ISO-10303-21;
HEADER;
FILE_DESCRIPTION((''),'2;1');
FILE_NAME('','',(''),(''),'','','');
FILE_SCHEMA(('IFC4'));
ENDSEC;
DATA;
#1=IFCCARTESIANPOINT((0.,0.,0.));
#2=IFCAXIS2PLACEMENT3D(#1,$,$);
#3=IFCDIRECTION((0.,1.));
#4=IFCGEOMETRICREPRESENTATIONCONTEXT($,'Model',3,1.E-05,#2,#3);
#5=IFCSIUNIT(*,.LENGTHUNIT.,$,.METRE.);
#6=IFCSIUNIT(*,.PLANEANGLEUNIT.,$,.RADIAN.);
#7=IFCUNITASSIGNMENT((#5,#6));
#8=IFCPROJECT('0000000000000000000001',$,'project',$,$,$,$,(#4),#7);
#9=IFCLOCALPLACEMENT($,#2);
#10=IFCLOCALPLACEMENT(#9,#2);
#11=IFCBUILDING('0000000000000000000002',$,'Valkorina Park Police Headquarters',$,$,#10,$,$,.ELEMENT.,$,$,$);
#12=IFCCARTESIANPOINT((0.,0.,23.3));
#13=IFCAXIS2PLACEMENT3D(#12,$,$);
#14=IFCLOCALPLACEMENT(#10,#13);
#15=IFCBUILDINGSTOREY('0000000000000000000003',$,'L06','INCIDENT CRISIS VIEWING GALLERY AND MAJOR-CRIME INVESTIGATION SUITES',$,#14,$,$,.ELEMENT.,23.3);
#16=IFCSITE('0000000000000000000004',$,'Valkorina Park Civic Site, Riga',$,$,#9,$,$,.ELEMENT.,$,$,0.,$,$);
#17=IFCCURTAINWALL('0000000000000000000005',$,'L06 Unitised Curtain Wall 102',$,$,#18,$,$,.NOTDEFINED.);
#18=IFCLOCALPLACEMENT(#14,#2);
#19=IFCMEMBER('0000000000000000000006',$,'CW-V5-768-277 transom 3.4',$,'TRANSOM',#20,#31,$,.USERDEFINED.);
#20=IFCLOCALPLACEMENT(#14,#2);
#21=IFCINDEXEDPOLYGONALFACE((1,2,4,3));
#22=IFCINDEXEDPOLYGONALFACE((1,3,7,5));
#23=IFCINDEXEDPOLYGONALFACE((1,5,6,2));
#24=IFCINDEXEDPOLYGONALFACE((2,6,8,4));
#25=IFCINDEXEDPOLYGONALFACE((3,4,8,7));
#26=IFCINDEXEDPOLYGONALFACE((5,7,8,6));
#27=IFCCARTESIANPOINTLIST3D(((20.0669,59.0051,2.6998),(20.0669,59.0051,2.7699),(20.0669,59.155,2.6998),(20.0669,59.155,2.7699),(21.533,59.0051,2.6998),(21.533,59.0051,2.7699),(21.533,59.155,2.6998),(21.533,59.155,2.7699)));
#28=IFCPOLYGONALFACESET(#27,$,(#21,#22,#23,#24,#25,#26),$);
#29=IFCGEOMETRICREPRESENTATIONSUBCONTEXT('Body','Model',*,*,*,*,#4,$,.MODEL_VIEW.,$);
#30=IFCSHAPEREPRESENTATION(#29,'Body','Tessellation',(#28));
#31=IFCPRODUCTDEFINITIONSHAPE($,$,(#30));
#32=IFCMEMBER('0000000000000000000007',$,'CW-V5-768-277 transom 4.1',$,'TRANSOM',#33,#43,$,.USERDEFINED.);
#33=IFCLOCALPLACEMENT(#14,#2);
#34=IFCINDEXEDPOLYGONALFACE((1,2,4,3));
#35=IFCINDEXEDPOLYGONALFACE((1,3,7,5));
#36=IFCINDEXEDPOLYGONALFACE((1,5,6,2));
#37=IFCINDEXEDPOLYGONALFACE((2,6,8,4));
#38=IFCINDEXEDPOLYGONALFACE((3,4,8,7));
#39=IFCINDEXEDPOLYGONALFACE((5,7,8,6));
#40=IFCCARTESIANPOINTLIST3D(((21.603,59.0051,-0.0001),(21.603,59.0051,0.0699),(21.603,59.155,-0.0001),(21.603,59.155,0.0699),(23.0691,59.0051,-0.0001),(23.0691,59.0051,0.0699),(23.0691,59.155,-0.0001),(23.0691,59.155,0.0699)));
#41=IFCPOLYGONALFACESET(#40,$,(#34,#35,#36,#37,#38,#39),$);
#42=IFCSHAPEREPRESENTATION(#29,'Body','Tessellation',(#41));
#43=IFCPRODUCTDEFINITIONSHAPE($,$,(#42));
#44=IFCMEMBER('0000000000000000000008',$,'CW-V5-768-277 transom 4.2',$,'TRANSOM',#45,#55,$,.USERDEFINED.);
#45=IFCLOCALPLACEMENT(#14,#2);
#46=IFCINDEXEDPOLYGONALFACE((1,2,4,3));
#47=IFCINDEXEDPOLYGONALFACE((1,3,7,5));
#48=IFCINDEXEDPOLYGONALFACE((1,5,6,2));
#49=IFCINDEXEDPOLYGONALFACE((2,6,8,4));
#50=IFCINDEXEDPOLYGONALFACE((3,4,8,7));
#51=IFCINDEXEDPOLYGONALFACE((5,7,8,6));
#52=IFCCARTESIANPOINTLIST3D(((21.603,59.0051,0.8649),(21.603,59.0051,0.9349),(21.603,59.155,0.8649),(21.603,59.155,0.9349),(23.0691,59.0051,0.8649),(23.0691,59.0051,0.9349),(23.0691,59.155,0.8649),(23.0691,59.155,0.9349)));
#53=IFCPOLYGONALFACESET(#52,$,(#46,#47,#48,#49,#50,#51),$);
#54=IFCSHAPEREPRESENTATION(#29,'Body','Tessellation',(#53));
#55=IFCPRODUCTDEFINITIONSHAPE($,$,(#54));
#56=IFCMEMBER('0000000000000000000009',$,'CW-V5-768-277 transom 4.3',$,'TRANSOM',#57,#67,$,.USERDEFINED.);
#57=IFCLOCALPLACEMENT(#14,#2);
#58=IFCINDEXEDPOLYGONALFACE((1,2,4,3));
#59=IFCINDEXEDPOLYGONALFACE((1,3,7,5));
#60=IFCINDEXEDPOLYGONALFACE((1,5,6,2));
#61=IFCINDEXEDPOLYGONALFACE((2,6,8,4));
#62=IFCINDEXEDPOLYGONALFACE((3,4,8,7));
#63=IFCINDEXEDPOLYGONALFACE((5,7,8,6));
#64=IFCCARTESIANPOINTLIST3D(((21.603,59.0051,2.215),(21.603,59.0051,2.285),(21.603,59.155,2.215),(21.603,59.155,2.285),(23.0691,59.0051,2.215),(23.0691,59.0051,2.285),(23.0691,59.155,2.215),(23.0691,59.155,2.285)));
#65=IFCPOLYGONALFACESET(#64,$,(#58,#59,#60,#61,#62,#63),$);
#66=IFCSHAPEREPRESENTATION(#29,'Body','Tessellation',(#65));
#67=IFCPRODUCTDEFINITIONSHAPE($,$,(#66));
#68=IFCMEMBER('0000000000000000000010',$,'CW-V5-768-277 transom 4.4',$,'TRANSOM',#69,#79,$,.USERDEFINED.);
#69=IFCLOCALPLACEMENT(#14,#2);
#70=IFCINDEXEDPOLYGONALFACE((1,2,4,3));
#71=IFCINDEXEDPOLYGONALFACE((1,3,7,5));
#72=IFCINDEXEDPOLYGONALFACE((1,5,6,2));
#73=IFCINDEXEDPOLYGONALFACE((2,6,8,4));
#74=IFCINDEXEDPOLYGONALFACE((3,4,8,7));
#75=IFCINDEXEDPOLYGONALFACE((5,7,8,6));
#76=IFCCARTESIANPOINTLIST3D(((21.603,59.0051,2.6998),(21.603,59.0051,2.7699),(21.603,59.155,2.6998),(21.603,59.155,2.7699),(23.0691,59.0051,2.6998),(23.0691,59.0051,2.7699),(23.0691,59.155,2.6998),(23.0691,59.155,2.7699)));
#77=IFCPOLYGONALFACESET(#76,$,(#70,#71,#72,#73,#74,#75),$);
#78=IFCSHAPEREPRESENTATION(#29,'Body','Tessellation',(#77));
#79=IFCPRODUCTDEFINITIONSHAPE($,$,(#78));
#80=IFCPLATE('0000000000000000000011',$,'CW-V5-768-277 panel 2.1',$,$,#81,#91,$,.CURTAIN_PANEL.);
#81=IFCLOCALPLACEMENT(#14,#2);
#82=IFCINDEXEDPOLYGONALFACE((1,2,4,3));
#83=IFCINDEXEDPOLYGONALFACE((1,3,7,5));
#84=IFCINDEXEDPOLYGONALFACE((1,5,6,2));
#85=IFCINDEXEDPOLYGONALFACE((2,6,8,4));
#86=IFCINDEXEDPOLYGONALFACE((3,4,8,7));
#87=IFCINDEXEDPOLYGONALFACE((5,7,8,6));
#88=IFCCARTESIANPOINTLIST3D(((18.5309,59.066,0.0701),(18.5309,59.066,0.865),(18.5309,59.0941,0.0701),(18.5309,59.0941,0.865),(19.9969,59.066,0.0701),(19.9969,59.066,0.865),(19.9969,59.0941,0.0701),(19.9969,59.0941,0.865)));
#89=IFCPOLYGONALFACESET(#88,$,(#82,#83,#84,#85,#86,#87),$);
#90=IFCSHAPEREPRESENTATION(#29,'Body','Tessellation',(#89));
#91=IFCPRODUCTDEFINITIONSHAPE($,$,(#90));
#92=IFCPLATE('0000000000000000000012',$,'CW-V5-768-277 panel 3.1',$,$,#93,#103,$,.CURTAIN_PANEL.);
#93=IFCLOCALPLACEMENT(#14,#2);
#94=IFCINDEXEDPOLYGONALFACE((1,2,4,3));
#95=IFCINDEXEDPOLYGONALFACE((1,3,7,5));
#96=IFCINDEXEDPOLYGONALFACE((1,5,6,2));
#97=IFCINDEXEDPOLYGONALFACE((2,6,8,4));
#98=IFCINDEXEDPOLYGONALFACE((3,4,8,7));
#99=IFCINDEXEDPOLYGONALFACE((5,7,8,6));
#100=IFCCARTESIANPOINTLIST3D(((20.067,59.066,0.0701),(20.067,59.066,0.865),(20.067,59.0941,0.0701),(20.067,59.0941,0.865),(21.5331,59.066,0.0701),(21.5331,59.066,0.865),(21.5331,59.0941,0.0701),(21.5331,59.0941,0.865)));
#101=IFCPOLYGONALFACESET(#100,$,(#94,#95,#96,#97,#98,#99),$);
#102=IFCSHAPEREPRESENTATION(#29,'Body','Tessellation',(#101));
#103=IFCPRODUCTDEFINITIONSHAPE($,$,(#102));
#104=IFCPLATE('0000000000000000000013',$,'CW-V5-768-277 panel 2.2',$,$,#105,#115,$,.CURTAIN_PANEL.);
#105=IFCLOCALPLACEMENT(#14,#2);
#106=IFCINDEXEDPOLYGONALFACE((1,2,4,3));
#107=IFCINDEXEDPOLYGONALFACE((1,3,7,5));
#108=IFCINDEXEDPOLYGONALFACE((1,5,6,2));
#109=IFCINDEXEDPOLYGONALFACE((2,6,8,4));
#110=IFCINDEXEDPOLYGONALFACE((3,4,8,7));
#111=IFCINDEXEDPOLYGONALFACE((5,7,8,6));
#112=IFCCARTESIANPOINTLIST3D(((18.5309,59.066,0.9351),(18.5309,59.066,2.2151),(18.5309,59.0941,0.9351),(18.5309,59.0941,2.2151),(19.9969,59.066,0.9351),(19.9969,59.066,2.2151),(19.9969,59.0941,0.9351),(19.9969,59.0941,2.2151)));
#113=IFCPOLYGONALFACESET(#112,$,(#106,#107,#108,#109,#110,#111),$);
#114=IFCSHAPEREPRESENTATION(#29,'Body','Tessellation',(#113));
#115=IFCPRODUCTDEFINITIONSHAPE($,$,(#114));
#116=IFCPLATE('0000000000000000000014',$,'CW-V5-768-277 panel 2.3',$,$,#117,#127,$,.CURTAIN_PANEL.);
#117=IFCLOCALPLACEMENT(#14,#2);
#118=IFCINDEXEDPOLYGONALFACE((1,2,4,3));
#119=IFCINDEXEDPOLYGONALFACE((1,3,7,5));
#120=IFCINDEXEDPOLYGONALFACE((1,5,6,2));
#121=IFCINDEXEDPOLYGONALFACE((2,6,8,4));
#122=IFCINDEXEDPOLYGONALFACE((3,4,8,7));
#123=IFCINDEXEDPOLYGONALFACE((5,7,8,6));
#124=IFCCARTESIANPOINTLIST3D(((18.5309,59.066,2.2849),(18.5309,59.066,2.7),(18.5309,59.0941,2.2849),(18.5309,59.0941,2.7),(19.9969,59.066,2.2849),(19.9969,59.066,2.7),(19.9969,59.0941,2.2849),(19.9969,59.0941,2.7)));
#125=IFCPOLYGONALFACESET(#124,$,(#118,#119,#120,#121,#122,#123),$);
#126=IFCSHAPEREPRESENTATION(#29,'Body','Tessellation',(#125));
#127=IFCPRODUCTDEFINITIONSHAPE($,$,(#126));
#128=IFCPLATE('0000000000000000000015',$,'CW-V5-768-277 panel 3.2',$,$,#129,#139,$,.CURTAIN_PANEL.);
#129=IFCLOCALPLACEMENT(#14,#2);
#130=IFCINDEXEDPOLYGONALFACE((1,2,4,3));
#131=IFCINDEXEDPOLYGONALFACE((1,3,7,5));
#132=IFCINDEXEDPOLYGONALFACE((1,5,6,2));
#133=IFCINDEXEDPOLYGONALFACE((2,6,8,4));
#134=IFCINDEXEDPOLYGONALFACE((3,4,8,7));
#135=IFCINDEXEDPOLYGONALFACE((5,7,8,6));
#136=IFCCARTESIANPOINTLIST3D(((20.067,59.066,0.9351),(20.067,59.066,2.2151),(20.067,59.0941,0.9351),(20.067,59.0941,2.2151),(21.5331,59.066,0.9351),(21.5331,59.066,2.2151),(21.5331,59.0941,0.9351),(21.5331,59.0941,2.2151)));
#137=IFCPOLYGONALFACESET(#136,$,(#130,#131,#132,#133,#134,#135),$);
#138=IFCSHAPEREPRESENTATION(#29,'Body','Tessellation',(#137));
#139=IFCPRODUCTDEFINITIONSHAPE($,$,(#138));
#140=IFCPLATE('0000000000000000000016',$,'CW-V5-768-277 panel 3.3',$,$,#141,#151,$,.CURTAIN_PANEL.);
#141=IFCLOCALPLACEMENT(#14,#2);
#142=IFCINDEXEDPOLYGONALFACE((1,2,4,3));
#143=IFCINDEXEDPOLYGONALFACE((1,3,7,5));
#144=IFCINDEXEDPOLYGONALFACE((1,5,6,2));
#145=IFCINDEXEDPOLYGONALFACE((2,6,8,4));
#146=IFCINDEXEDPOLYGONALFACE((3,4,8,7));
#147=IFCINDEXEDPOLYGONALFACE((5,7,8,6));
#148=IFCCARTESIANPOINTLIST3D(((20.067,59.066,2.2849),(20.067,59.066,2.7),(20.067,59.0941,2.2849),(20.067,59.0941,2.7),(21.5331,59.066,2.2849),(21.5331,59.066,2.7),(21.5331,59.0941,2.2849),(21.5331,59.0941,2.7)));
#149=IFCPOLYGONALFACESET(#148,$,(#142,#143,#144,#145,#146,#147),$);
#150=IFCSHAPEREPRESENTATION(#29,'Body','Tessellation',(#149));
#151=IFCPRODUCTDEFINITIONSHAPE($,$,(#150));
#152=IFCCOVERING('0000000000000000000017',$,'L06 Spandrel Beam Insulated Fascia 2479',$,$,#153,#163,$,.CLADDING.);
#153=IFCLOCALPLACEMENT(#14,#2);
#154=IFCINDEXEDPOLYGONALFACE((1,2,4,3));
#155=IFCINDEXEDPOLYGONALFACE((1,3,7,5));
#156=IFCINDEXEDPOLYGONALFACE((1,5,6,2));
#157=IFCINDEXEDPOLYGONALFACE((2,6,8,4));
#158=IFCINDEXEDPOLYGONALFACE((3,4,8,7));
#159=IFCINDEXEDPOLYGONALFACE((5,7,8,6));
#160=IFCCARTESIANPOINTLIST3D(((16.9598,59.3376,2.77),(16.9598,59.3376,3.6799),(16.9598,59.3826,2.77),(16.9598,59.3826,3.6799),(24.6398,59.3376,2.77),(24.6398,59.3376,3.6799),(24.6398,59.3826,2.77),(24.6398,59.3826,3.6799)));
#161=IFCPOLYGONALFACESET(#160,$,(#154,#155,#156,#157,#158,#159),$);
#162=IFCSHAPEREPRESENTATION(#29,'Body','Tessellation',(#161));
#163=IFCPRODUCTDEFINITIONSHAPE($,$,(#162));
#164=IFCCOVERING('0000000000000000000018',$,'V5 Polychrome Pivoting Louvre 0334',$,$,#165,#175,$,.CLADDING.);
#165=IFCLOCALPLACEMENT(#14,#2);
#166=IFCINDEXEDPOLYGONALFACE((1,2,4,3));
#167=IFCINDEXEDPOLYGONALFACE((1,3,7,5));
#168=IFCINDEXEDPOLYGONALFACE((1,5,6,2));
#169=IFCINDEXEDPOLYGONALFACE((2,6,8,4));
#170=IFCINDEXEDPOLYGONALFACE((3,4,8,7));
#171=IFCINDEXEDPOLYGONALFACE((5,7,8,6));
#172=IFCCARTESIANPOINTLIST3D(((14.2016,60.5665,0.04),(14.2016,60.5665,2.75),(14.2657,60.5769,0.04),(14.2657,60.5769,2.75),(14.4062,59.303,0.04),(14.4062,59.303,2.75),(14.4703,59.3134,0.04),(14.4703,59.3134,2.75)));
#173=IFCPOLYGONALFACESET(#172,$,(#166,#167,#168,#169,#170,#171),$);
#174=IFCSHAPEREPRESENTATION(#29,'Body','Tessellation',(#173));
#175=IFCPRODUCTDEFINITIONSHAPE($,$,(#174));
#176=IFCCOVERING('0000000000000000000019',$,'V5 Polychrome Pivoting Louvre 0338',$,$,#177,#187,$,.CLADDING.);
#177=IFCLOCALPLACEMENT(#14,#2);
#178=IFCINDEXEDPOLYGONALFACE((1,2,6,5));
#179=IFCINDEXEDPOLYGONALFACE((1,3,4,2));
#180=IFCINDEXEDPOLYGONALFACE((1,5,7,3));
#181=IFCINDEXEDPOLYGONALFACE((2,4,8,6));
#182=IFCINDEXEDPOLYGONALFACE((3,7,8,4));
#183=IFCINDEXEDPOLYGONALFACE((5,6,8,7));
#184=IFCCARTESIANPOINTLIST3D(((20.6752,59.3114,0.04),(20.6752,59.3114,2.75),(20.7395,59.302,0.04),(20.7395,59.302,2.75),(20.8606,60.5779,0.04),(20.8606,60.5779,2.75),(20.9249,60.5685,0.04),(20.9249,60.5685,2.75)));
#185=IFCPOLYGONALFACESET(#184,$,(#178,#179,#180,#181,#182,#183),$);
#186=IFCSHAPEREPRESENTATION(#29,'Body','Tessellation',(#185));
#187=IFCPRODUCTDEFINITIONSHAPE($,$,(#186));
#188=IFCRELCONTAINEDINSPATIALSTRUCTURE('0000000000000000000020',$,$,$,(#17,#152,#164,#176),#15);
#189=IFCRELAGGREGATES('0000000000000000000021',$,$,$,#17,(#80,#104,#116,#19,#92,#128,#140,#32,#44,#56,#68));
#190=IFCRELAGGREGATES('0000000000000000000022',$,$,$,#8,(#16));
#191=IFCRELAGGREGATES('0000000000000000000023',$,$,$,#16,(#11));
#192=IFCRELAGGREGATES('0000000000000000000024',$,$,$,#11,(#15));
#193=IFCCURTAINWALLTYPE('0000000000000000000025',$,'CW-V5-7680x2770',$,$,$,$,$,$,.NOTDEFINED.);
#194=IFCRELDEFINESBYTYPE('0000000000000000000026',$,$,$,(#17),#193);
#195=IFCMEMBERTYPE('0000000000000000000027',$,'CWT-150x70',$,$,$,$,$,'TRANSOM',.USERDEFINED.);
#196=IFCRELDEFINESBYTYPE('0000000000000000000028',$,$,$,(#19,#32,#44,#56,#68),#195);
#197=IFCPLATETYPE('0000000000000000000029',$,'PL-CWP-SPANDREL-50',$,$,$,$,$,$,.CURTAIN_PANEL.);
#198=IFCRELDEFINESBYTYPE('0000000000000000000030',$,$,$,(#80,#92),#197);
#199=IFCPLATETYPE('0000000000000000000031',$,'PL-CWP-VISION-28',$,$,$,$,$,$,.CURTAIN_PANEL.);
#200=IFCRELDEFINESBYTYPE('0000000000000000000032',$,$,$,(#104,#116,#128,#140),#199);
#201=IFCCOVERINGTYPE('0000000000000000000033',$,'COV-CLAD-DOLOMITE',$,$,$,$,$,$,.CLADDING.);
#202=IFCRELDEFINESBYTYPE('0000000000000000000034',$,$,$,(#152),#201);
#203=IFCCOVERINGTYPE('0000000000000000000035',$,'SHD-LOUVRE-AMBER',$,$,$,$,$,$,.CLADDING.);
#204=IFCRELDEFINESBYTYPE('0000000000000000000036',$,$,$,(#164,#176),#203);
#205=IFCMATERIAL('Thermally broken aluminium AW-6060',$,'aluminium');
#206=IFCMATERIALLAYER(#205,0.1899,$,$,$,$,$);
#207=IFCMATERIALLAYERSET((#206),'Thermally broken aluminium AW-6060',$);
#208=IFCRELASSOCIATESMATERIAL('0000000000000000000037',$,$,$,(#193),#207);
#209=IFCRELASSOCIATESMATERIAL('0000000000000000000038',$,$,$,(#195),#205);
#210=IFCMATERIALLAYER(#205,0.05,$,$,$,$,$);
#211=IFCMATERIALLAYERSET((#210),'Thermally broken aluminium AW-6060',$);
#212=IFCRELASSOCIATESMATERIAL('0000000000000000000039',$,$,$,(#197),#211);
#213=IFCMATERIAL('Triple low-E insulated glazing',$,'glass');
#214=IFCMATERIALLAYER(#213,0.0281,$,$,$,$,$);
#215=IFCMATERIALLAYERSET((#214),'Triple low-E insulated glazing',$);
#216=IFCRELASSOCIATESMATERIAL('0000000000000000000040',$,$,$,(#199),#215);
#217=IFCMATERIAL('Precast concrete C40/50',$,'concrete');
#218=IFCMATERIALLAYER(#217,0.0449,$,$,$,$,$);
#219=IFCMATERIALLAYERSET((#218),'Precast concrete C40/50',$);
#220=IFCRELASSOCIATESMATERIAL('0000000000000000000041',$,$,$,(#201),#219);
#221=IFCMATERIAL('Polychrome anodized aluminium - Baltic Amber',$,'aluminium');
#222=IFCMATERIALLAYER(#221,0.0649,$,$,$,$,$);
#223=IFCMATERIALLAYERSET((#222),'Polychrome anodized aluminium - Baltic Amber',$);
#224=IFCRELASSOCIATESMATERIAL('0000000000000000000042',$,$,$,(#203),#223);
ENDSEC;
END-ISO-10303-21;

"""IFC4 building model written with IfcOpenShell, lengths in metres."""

from ifc_helpers import new_model, si_unit, direction, frame, frame_2d, origin, origin_2d, place, context, subcontext, project, spatial, rectangle, extrude, material, layer, layer_set, material_profile, profile_set, type_object, element, aggregate, save


model = new_model("IFC4")

# Units and contexts
model_context = context("Model", 3, precision=1e-05, world=origin(), true_north=direction((0.0, 1.0)))
body_context = subcontext(model_context, "Body", "Model", "MODEL_VIEW")
ifc_project = project(units=[si_unit("LENGTHUNIT", "METRE"), si_unit("PLANEANGLEUNIT", "RADIAN")], contexts=[model_context])

# Site, building, storey
site_placement = place(None, origin())
site = spatial("IfcSite", under=ifc_project, at=site_placement, Name="Valkorina Park Civic Site, Riga", CompositionType="ELEMENT", RefElevation=0.0)
building_placement = place(site_placement, origin())
building = spatial("IfcBuilding", under=site, at=building_placement, Name="Valkorina Park Police Headquarters", CompositionType="ELEMENT")
storey_placement = place(building_placement, frame((0.0, 0.0, 23.3)))
storey = spatial("IfcBuildingStorey", under=building, at=storey_placement, Name="L06", Description="INCIDENT CRISIS VIEWING GALLERY AND MAJOR-CRIME INVESTIGATION SUITES", CompositionType="ELEMENT", Elevation=23.3)

# Curtain wall, members, plates
ifc_material_1 = material(Name="Thermally broken aluminium AW-6060", Category="aluminium")
ifc_layer_1 = layer(ifc_material_1, 0.1899)
ifc_layer_set_1 = layer_set([ifc_layer_1], Name="Thermally broken aluminium AW-6060")
curtain_wall_type = type_object("IfcCurtainWallType", Name="CW-V5-7680x2770", PredefinedType="NOTDEFINED", material=ifc_layer_set_1)
curtain_wall_placement = place(storey_placement, origin())
curtain_wall = element("IfcCurtainWall", 1, at=curtain_wall_placement, inside=storey, type_object=curtain_wall_type, Name="L06 Unitised Curtain Wall 102", PredefinedType="NOTDEFINED")
ifc_material_profile_1 = material_profile(ifc_material_1, rectangle(XDim=0.1499, YDim=0.0701, at=origin_2d()), Name="CWT-02 150x70")
ifc_profile_set_1 = profile_set([ifc_material_profile_1], Name="Thermally broken aluminium AW-6060")
member_type_1 = type_object("IfcMemberType", Name="CWT-150x70", ElementType="TRANSOM", PredefinedType="USERDEFINED", material=ifc_profile_set_1)
member_1_placement = place(storey_placement, frame((20.0669, 59.0801, 2.7349), z_axis=(1.0, 0.0, 0.0), x_axis=(0.0, 1.0, 0.0)))
member_1 = element("IfcMember", 2, at=member_1_placement, type_object=member_type_1, Name="CW-V5-768-277 transom 3.4", ObjectType="TRANSOM", PredefinedType="USERDEFINED", context=body_context, shape_type="SweptSolid", body=[
    extrude(rectangle(XDim=0.1499, YDim=0.0701, at=origin_2d()), origin(), (0.0, 0.0, 1.0), 1.4661),
])
member_2_placement = place(storey_placement, frame((21.603, 59.0801, 0.0349), z_axis=(1.0, 0.0, 0.0), x_axis=(0.0, 1.0, 0.0)))
member_2 = element("IfcMember", 3, at=member_2_placement, type_object=member_type_1, Name="CW-V5-768-277 transom 4.1", ObjectType="TRANSOM", PredefinedType="USERDEFINED", context=body_context, shape_type="SweptSolid", body=[
    extrude(rectangle(XDim=0.1499, YDim=0.0701, at=origin_2d()), origin(), (0.0, 0.0, 1.0), 1.4661),
])
member_3_placement = place(storey_placement, frame((21.603, 59.0801, 0.8999), z_axis=(1.0, 0.0, 0.0), x_axis=(0.0, 1.0, 0.0)))
member_3 = element("IfcMember", 4, at=member_3_placement, type_object=member_type_1, Name="CW-V5-768-277 transom 4.2", ObjectType="TRANSOM", PredefinedType="USERDEFINED", context=body_context, shape_type="SweptSolid", body=[
    extrude(rectangle(XDim=0.1499, YDim=0.0701, at=origin_2d()), origin(), (0.0, 0.0, 1.0), 1.4661),
])
member_4_placement = place(storey_placement, frame((21.603, 59.0801, 2.25), z_axis=(1.0, 0.0, 0.0), x_axis=(0.0, 1.0, 0.0)))
member_4 = element("IfcMember", 5, at=member_4_placement, type_object=member_type_1, Name="CW-V5-768-277 transom 4.3", ObjectType="TRANSOM", PredefinedType="USERDEFINED", context=body_context, shape_type="SweptSolid", body=[
    extrude(rectangle(XDim=0.1499, YDim=0.0701, at=origin_2d()), origin(), (0.0, 0.0, 1.0), 1.4661),
])
member_5_placement = place(storey_placement, frame((21.603, 59.0801, 2.7349), z_axis=(1.0, 0.0, 0.0), x_axis=(0.0, 1.0, 0.0)))
member_5 = element("IfcMember", 6, at=member_5_placement, type_object=member_type_1, Name="CW-V5-768-277 transom 4.4", ObjectType="TRANSOM", PredefinedType="USERDEFINED", context=body_context, shape_type="SweptSolid", body=[
    extrude(rectangle(XDim=0.1499, YDim=0.0701, at=origin_2d()), origin(), (0.0, 0.0, 1.0), 1.4661),
])
ifc_layer_2 = layer(ifc_material_1, 0.05)
ifc_layer_set_2 = layer_set([ifc_layer_2], Name="Thermally broken aluminium AW-6060")
plate_type_1 = type_object("IfcPlateType", Name="PL-CWP-SPANDREL-50", PredefinedType="CURTAIN_PANEL", material=ifc_layer_set_2)
plate_1_placement = place(storey_placement, frame((19.2639, 59.0801, 0.0701), z_axis=(0.0, 0.0, 1.0), x_axis=(1.0, 0.0, 0.0)))
plate_1 = element("IfcPlate", 7, at=plate_1_placement, type_object=plate_type_1, Name="CW-V5-768-277 panel 2.1", PredefinedType="CURTAIN_PANEL", context=body_context, shape_type="SweptSolid", body=[
    extrude(rectangle(XDim=1.4661, YDim=0.0281, at=origin_2d()), origin(), (0.0, 0.0, 1.0), 0.7949),
])
plate_2_placement = place(storey_placement, frame((20.8, 59.0801, 0.0701), z_axis=(0.0, 0.0, 1.0), x_axis=(1.0, 0.0, 0.0)))
plate_2 = element("IfcPlate", 8, at=plate_2_placement, type_object=plate_type_1, Name="CW-V5-768-277 panel 3.1", PredefinedType="CURTAIN_PANEL", context=body_context, shape_type="SweptSolid", body=[
    extrude(rectangle(XDim=1.4661, YDim=0.0281, at=origin_2d()), origin(), (0.0, 0.0, 1.0), 0.7949),
])
ifc_material_2 = material(Name="Triple low-E insulated glazing", Category="glass")
ifc_layer_3 = layer(ifc_material_2, 0.0281)
ifc_layer_set_3 = layer_set([ifc_layer_3], Name="Triple low-E insulated glazing")
plate_type_2 = type_object("IfcPlateType", Name="PL-CWP-VISION-28", PredefinedType="CURTAIN_PANEL", material=ifc_layer_set_3)
plate_3_placement = place(storey_placement, frame((19.2639, 59.0801, 0.9351), z_axis=(0.0, 0.0, 1.0), x_axis=(1.0, 0.0, 0.0)))
plate_3 = element("IfcPlate", 9, at=plate_3_placement, type_object=plate_type_2, Name="CW-V5-768-277 panel 2.2", PredefinedType="CURTAIN_PANEL", context=body_context, shape_type="SweptSolid", body=[
    extrude(rectangle(XDim=1.4661, YDim=0.0281, at=origin_2d()), origin(), (0.0, 0.0, 1.0), 1.28),
])
plate_4_placement = place(storey_placement, frame((19.2639, 59.0801, 2.2849), z_axis=(0.0, 0.0, 1.0), x_axis=(1.0, 0.0, 0.0)))
plate_4 = element("IfcPlate", 10, at=plate_4_placement, type_object=plate_type_2, Name="CW-V5-768-277 panel 2.3", PredefinedType="CURTAIN_PANEL", context=body_context, shape_type="SweptSolid", body=[
    extrude(rectangle(XDim=1.4661, YDim=0.0281, at=origin_2d()), origin(), (0.0, 0.0, 1.0), 0.415),
])
plate_5_placement = place(storey_placement, frame((20.8, 59.0801, 0.9351), z_axis=(0.0, 0.0, 1.0), x_axis=(1.0, 0.0, 0.0)))
plate_5 = element("IfcPlate", 11, at=plate_5_placement, type_object=plate_type_2, Name="CW-V5-768-277 panel 3.2", PredefinedType="CURTAIN_PANEL", context=body_context, shape_type="SweptSolid", body=[
    extrude(rectangle(XDim=1.4661, YDim=0.0281, at=origin_2d()), origin(), (0.0, 0.0, 1.0), 1.28),
])
plate_6_placement = place(storey_placement, frame((20.8, 59.0801, 2.2849), z_axis=(0.0, 0.0, 1.0), x_axis=(1.0, 0.0, 0.0)))
plate_6 = element("IfcPlate", 12, at=plate_6_placement, type_object=plate_type_2, Name="CW-V5-768-277 panel 3.3", PredefinedType="CURTAIN_PANEL", context=body_context, shape_type="SweptSolid", body=[
    extrude(rectangle(XDim=1.4661, YDim=0.0281, at=origin_2d()), origin(), (0.0, 0.0, 1.0), 0.415),
])
aggregate(curtain_wall, [plate_1, plate_3, plate_4, member_1, plate_2, plate_5, plate_6, member_2, member_3, member_4, member_5])

# Coverings
ifc_material_3 = material(Name="Precast concrete C40/50", Category="concrete")
ifc_layer_4 = layer(ifc_material_3, 0.0449)
ifc_layer_set_4 = layer_set([ifc_layer_4], Name="Precast concrete C40/50")
covering_type_1 = type_object("IfcCoveringType", Name="COV-CLAD-DOLOMITE", PredefinedType="CLADDING", material=ifc_layer_set_4)
covering_1_placement = place(storey_placement, frame((16.96, 59.3601, 2.77), z_axis=(0.0, 0.0, 1.0), x_axis=(1.0, 0.0, 0.0)))
element("IfcCovering", 13, at=covering_1_placement, inside=storey, type_object=covering_type_1, Name="L06 Spandrel Beam Insulated Fascia 2479", PredefinedType="CLADDING", context=body_context, shape_type="SweptSolid", body=[
    extrude(rectangle(XDim=7.6799, YDim=0.0449, at=frame_2d((3.8398, 0.0))), origin(), (0.0, 0.0, 1.0), 0.9099),
])
ifc_material_4 = material(Name="Polychrome anodized aluminium - Baltic Amber", Category="aluminium")
ifc_layer_5 = layer(ifc_material_4, 0.0649)
ifc_layer_set_5 = layer_set([ifc_layer_5], Name="Polychrome anodized aluminium - Baltic Amber")
covering_type_2 = type_object("IfcCoveringType", Name="SHD-LOUVRE-AMBER", PredefinedType="CLADDING", material=ifc_layer_set_5)
for number, where, z_axis, x_axis, name in (
    (14, (14.3359, 59.9399, 0.04), (0.0, 0.0, 1.0), (-0.159881, 0.987136, 0.0), "V5 Polychrome Pivoting Louvre 0334"),
    (15, (20.8, 59.9399, 0.04), (0.0, 0.0, 1.0), (0.144874, 0.98945, 0.0), "V5 Polychrome Pivoting Louvre 0338"),
):
    element("IfcCovering", number, at=place(storey_placement, frame(where, z_axis=z_axis, x_axis=x_axis)), inside=storey, type_object=covering_type_2, Name=name, PredefinedType="CLADDING", context=body_context, shape_type="SweptSolid", body=[
        extrude(rectangle(XDim=1.28, YDim=0.0649, at=origin_2d()), origin(), (0.0, 0.0, 1.0), 2.71),
    ])

save(model, "model.ifc")
